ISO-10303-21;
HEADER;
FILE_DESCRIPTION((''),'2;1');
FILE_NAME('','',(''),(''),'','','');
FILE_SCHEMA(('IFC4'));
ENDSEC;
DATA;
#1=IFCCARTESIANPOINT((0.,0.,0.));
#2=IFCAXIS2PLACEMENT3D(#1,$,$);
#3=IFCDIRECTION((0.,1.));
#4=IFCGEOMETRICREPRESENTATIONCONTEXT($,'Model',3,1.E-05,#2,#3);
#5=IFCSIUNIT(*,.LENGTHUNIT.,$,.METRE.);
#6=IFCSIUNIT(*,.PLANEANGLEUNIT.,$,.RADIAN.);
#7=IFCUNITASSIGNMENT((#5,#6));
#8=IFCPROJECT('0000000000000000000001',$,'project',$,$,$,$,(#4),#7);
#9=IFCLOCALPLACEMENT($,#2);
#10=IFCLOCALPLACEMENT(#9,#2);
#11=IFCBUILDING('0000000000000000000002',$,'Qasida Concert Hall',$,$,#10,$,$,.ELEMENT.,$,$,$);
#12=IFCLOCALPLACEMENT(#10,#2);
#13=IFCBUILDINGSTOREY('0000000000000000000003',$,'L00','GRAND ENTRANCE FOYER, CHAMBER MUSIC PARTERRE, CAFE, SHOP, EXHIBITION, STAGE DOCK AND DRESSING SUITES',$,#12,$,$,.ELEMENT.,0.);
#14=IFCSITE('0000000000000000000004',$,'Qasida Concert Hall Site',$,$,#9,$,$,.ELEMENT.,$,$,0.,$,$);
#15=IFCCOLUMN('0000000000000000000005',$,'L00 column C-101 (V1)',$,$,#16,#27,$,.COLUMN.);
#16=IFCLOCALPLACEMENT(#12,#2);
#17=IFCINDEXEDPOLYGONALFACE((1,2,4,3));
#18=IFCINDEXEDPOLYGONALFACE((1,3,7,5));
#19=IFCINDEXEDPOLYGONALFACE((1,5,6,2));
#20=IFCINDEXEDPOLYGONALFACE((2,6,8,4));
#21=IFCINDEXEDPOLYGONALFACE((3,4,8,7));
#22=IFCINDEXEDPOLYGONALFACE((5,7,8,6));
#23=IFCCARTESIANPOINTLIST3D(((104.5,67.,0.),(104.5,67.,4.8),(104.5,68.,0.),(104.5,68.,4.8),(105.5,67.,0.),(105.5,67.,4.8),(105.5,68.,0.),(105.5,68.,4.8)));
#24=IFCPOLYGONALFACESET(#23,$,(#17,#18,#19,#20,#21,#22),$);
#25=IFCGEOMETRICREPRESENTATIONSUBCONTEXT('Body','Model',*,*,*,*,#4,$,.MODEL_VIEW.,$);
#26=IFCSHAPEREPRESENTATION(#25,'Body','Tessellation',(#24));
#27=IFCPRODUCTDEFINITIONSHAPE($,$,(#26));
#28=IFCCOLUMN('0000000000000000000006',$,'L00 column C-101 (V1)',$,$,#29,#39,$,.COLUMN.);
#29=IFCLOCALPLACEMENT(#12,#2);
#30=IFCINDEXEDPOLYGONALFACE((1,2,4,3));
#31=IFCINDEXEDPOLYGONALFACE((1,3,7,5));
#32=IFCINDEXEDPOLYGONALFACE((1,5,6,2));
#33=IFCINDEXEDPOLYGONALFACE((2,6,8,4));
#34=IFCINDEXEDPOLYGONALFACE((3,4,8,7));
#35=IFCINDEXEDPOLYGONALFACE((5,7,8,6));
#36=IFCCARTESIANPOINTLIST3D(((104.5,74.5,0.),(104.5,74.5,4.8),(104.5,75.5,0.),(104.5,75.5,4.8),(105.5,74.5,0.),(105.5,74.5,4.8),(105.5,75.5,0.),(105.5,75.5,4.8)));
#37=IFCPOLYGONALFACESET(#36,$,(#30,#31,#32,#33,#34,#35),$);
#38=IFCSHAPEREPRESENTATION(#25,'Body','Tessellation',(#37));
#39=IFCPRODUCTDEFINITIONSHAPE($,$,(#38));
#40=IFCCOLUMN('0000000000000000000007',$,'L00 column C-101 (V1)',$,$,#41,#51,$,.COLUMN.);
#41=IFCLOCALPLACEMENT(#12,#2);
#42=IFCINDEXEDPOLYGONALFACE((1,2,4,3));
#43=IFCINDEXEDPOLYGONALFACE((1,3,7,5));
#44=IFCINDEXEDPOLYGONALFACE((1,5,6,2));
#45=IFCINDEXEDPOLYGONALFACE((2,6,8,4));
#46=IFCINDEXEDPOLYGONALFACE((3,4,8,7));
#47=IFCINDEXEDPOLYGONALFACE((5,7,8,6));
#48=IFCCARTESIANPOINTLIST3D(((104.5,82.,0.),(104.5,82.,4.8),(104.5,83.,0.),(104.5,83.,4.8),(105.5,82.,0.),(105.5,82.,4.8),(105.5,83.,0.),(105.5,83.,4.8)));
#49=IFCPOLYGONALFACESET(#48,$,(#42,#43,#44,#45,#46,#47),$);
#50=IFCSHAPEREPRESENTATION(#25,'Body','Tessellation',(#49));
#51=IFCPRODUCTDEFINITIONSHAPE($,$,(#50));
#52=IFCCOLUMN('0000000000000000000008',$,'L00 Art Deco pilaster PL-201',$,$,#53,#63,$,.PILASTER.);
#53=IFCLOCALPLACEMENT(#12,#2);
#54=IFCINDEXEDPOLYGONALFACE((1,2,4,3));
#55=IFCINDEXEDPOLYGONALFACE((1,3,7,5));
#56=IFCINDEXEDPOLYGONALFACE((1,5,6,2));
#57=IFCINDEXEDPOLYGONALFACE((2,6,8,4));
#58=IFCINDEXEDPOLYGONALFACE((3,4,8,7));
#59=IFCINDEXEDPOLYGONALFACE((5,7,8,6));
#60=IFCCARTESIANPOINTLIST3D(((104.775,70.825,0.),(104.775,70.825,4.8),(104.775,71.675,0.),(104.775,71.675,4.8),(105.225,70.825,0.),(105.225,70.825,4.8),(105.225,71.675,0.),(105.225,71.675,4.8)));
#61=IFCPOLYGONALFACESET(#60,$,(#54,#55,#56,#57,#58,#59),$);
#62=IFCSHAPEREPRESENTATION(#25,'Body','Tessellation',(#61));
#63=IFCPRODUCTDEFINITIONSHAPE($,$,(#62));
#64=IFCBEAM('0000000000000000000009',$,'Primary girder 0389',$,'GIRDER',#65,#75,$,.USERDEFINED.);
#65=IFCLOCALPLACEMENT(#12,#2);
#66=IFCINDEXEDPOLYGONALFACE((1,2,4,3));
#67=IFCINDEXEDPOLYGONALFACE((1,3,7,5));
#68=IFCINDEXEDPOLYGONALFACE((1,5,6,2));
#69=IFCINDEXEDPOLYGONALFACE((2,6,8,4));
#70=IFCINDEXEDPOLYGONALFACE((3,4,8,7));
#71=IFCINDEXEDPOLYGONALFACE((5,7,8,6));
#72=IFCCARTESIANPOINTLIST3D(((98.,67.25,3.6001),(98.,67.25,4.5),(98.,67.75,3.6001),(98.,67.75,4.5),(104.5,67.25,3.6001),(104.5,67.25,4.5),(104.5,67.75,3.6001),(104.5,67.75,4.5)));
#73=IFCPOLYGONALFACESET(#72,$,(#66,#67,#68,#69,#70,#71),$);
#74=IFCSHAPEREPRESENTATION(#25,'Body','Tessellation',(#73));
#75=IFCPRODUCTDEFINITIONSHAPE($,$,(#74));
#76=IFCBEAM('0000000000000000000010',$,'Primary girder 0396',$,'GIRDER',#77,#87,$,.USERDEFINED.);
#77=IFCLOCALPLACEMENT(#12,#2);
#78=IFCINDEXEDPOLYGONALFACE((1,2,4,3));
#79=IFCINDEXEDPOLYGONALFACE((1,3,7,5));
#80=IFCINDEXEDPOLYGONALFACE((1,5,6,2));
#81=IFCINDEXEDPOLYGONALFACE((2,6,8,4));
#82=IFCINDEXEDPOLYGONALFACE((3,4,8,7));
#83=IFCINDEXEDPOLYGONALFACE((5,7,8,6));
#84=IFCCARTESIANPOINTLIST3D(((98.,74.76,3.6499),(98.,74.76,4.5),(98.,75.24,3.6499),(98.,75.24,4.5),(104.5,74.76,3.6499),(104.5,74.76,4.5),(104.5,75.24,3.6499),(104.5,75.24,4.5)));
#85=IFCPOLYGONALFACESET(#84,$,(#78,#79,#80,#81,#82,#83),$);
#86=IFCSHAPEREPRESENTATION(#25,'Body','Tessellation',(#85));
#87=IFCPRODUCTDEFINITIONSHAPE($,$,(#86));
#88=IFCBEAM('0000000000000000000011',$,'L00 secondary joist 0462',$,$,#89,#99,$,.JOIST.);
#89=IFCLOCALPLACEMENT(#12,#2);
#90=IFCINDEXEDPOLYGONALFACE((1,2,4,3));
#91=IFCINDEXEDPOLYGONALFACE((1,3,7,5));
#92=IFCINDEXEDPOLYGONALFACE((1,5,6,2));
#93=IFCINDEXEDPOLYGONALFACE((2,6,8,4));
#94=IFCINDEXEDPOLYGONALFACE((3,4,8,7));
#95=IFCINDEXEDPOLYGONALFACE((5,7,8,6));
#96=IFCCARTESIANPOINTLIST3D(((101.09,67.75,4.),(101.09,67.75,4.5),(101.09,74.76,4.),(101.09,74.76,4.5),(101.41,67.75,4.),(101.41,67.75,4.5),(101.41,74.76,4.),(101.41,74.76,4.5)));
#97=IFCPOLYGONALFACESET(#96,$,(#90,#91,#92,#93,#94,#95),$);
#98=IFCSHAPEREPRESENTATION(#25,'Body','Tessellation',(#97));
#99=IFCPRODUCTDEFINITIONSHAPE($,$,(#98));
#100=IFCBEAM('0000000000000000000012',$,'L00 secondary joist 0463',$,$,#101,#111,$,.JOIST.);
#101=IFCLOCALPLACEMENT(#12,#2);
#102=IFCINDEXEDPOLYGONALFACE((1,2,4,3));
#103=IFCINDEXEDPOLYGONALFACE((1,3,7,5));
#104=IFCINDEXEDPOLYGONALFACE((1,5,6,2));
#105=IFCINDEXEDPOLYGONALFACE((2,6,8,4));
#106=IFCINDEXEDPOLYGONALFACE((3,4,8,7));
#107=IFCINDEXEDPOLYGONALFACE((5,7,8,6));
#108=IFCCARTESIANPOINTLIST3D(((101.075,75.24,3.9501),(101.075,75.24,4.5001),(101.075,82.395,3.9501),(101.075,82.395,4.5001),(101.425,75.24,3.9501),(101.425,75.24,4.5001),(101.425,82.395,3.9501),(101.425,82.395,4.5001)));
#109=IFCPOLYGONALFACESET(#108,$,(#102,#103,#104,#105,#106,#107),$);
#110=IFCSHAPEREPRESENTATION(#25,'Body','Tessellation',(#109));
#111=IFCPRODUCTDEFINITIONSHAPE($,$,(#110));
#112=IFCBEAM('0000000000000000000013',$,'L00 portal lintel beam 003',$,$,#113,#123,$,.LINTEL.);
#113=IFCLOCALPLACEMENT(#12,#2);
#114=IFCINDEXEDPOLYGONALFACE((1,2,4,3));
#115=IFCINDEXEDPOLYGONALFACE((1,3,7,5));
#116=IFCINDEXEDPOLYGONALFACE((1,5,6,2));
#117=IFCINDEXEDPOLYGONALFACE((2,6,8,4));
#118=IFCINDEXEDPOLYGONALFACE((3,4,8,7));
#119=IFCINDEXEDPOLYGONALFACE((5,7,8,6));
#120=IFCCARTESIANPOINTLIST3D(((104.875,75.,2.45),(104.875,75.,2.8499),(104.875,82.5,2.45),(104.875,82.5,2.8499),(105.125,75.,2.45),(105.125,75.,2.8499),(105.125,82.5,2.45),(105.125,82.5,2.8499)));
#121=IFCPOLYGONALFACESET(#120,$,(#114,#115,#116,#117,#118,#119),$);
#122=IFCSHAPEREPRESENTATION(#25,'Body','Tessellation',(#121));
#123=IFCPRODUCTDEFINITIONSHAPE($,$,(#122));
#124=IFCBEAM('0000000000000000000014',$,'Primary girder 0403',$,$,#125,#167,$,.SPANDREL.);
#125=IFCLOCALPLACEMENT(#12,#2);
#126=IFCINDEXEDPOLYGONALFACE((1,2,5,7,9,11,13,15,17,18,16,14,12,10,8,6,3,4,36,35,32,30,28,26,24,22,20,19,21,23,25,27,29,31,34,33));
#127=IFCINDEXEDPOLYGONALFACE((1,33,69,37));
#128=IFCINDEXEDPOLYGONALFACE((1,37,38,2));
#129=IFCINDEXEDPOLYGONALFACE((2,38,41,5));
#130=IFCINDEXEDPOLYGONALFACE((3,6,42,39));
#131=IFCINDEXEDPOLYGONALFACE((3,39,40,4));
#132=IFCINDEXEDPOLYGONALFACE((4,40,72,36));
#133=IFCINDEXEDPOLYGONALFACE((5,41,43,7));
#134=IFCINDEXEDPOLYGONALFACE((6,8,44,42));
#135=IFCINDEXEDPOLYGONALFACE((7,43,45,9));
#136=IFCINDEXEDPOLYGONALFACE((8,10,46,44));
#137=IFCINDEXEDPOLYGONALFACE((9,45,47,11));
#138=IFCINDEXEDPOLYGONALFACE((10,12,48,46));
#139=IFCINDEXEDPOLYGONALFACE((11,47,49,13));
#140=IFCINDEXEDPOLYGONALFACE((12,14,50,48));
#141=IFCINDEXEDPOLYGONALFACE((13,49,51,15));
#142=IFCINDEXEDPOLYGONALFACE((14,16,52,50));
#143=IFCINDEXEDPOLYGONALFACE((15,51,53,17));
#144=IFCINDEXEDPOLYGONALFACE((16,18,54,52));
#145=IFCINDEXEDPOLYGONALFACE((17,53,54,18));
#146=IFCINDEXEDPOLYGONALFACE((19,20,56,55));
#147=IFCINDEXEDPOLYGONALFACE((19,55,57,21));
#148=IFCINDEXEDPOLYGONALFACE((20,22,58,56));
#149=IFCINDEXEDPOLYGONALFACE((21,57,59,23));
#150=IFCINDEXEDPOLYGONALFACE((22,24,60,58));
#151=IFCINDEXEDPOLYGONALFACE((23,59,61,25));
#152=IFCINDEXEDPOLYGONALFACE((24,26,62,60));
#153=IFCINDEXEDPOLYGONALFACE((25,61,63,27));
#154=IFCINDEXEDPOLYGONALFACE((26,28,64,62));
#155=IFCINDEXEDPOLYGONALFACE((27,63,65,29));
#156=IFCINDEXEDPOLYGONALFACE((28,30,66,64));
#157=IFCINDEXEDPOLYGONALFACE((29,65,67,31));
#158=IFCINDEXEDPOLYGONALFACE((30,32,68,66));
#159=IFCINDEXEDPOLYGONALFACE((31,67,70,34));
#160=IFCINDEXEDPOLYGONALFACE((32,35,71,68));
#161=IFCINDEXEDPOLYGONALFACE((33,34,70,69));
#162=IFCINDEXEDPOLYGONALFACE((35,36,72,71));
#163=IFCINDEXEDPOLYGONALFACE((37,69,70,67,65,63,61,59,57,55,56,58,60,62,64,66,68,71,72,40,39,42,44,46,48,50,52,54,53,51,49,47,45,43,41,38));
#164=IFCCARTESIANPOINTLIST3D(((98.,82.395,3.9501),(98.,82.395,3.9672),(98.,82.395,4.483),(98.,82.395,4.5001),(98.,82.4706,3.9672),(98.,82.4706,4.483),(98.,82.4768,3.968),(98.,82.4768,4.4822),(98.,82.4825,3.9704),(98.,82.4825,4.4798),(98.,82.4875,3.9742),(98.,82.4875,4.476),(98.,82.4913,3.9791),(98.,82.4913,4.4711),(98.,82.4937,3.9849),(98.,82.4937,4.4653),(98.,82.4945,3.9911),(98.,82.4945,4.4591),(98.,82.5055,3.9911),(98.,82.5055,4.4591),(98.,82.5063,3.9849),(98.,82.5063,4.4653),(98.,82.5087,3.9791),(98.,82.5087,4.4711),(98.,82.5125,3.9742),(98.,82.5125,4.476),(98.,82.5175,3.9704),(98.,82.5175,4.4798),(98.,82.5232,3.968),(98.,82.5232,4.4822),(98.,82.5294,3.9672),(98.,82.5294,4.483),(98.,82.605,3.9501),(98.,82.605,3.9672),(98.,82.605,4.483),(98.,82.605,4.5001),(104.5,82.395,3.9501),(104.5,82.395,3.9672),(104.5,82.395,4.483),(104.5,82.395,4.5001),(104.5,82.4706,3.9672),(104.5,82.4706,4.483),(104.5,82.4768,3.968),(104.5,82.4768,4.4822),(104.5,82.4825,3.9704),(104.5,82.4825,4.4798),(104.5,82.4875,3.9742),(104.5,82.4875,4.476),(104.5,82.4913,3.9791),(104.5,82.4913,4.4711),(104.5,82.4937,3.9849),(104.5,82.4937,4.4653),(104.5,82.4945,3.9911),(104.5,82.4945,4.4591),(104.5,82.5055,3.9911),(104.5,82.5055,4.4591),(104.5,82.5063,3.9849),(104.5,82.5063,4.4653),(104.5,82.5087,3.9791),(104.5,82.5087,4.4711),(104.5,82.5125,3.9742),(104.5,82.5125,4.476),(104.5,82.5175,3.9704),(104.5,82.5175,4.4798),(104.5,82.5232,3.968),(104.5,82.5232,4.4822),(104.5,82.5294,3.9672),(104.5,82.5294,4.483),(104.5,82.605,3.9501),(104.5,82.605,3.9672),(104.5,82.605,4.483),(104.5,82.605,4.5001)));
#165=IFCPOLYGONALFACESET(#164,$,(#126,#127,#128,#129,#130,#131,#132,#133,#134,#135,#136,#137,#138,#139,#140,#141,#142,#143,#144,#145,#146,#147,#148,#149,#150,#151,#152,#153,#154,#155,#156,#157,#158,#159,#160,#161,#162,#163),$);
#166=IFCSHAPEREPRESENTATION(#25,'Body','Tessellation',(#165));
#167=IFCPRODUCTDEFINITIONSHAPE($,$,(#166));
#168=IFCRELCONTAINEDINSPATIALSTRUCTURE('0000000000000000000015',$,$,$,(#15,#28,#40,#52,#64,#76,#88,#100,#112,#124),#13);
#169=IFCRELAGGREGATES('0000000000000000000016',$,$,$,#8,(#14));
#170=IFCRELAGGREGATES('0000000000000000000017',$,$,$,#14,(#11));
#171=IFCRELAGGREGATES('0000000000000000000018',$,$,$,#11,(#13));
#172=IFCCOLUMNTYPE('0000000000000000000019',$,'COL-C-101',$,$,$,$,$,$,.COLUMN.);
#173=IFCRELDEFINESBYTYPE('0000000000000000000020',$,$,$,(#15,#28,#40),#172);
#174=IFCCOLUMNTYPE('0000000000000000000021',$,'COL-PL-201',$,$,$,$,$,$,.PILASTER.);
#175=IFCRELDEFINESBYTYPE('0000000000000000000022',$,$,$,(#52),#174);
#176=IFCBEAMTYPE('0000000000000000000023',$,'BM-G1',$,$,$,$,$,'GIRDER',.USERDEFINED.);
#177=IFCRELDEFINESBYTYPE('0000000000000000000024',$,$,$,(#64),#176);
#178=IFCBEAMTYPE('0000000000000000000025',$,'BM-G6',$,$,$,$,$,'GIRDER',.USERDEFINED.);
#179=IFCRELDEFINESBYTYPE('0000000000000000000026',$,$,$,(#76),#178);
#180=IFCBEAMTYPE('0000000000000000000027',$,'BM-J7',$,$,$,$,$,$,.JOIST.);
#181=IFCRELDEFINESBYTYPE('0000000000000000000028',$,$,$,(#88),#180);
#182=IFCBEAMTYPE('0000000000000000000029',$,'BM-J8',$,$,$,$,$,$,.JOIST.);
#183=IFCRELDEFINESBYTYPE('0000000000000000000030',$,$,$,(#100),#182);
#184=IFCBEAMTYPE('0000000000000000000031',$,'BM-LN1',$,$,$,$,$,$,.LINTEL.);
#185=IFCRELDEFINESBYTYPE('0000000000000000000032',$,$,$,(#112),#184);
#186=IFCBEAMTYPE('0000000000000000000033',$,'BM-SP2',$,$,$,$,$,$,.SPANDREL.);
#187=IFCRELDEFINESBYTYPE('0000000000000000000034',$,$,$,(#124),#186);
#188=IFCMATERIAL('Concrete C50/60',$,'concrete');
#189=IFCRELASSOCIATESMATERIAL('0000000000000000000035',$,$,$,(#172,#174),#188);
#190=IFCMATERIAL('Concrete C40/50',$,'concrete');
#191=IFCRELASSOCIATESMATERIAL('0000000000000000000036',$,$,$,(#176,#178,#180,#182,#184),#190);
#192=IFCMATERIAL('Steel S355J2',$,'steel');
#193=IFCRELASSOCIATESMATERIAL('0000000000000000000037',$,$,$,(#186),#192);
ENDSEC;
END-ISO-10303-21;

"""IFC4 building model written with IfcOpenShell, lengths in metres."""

from ifc_helpers import new_model, si_unit, direction, frame, origin, origin_2d, place, context, subcontext, project, spatial, rectangle, i_section, extrude, material, material_profile, profile_set, type_object, element, save


model = new_model("IFC4")

# Units and contexts
model_context = context("Model", 3, precision=1e-05, world=origin(), true_north=direction((0.0, 1.0)))
body_context = subcontext(model_context, "Body", "Model", "MODEL_VIEW")
ifc_project = project(units=[si_unit("LENGTHUNIT", "METRE"), si_unit("PLANEANGLEUNIT", "RADIAN")], contexts=[model_context])

# Site, building, storey
site_placement = place(None, origin())
site = spatial("IfcSite", under=ifc_project, at=site_placement, Name="Qasida Concert Hall Site", CompositionType="ELEMENT", RefElevation=0.0)
building_placement = place(site_placement, origin())
building = spatial("IfcBuilding", under=site, at=building_placement, Name="Qasida Concert Hall", CompositionType="ELEMENT")
storey_placement = place(building_placement, origin())
storey = spatial("IfcBuildingStorey", under=building, at=storey_placement, Name="L00", Description="GRAND ENTRANCE FOYER, CHAMBER MUSIC PARTERRE, CAFE, SHOP, EXHIBITION, STAGE DOCK AND DRESSING SUITES", CompositionType="ELEMENT", Elevation=0.0)

# Columns
ifc_material_1 = material(Name="Concrete C50/60", Category="concrete")
ifc_material_profile_1 = material_profile(ifc_material_1, rectangle(XDim=1.0, YDim=1.0, at=origin_2d()), Name="RC 1000x1000")
ifc_profile_set_1 = profile_set([ifc_material_profile_1], Name="Concrete C50/60")
column_type_1 = type_object("IfcColumnType", Name="COL-C-101", PredefinedType="COLUMN", material=ifc_profile_set_1)
for number, where, z_axis, x_axis, name in (
    (1, (105.0, 67.5, 0.0), (0.0, 0.0, 1.0), (1.0, 0.0, 0.0), "L00 column C-101 (V1)"),
    (2, (105.0, 75.0, 0.0), (0.0, 0.0, 1.0), (1.0, 0.0, 0.0), "L00 column C-101 (V1)"),
    (3, (105.0, 82.5, 0.0), (0.0, 0.0, 1.0), (1.0, 0.0, 0.0), "L00 column C-101 (V1)"),
):
    element("IfcColumn", number, at=place(storey_placement, frame(where, z_axis=z_axis, x_axis=x_axis)), inside=storey, type_object=column_type_1, Name=name, PredefinedType="COLUMN", context=body_context, shape_type="SweptSolid", body=[
        extrude(rectangle(XDim=1.0, YDim=1.0, at=origin_2d()), origin(), (0.0, 0.0, 1.0), 4.8),
    ])
ifc_material_profile_2 = material_profile(ifc_material_1, rectangle(XDim=0.45, YDim=0.8501, at=origin_2d()), Name="RC 450x850")
ifc_profile_set_2 = profile_set([ifc_material_profile_2], Name="Concrete C50/60")
column_type_2 = type_object("IfcColumnType", Name="COL-PL-201", PredefinedType="PILASTER", material=ifc_profile_set_2)
column_placement = place(storey_placement, frame((105.0, 71.25, 0.0), z_axis=(0.0, 0.0, 1.0), x_axis=(1.0, 0.0, 0.0)))
element("IfcColumn", 4, at=column_placement, inside=storey, type_object=column_type_2, Name="L00 Art Deco pilaster PL-201", PredefinedType="PILASTER", context=body_context, shape_type="SweptSolid", body=[
    extrude(rectangle(XDim=0.45, YDim=0.8501, at=origin_2d()), origin(), (0.0, 0.0, 1.0), 4.8),
])

# Beams
ifc_material_2 = material(Name="Concrete C40/50", Category="concrete")
ifc_material_profile_3 = material_profile(ifc_material_2, rectangle(XDim=0.5, YDim=0.8999, at=origin_2d()), Name="RC 500x900")
ifc_profile_set_3 = profile_set([ifc_material_profile_3], Name="Concrete C40/50")
beam_type_1 = type_object("IfcBeamType", Name="BM-G1", ElementType="GIRDER", PredefinedType="USERDEFINED", material=ifc_profile_set_3)
beam_1_placement = place(storey_placement, frame((98.0, 67.5, 4.05), z_axis=(1.0, 0.0, 0.0), x_axis=(0.0, 1.0, 0.0)))
element("IfcBeam", 5, at=beam_1_placement, inside=storey, type_object=beam_type_1, Name="Primary girder 0389", ObjectType="GIRDER", PredefinedType="USERDEFINED", context=body_context, shape_type="SweptSolid", body=[
    extrude(rectangle(XDim=0.5, YDim=0.8999, at=origin_2d()), origin(), (0.0, 0.0, 1.0), 6.5),
])
ifc_material_profile_4 = material_profile(ifc_material_2, rectangle(XDim=0.48, YDim=0.8501, at=origin_2d()), Name="RC 480x850")
ifc_profile_set_4 = profile_set([ifc_material_profile_4], Name="Concrete C40/50")
beam_type_2 = type_object("IfcBeamType", Name="BM-G6", ElementType="GIRDER", PredefinedType="USERDEFINED", material=ifc_profile_set_4)
beam_2_placement = place(storey_placement, frame((98.0, 75.0, 4.075), z_axis=(1.0, 0.0, 0.0), x_axis=(0.0, 1.0, 0.0)))
element("IfcBeam", 6, at=beam_2_placement, inside=storey, type_object=beam_type_2, Name="Primary girder 0396", ObjectType="GIRDER", PredefinedType="USERDEFINED", context=body_context, shape_type="SweptSolid", body=[
    extrude(rectangle(XDim=0.48, YDim=0.8501, at=origin_2d()), origin(), (0.0, 0.0, 1.0), 6.5),
])
ifc_material_profile_5 = material_profile(ifc_material_2, rectangle(XDim=0.3201, YDim=0.5, at=origin_2d()), Name="RC 320x500")
ifc_profile_set_5 = profile_set([ifc_material_profile_5], Name="Concrete C40/50")
beam_type_3 = type_object("IfcBeamType", Name="BM-J7", PredefinedType="JOIST", material=ifc_profile_set_5)
beam_3_placement = place(storey_placement, frame((101.25, 67.75, 4.25), z_axis=(0.0, 1.0, 0.0), x_axis=(-1.0, 0.0, 0.0)))
element("IfcBeam", 7, at=beam_3_placement, inside=storey, type_object=beam_type_3, Name="L00 secondary joist 0462", PredefinedType="JOIST", context=body_context, shape_type="SweptSolid", body=[
    extrude(rectangle(XDim=0.3201, YDim=0.5, at=origin_2d()), origin(), (0.0, 0.0, 1.0), 7.01),
])
ifc_material_profile_6 = material_profile(ifc_material_2, rectangle(XDim=0.3501, YDim=0.55, at=origin_2d()), Name="RC 350x550")
ifc_profile_set_6 = profile_set([ifc_material_profile_6], Name="Concrete C40/50")
beam_type_4 = type_object("IfcBeamType", Name="BM-J8", PredefinedType="JOIST", material=ifc_profile_set_6)
beam_4_placement = place(storey_placement, frame((101.25, 75.24, 4.2251), z_axis=(0.0, 1.0, 0.0), x_axis=(-1.0, 0.0, 0.0)))
element("IfcBeam", 8, at=beam_4_placement, inside=storey, type_object=beam_type_4, Name="L00 secondary joist 0463", PredefinedType="JOIST", context=body_context, shape_type="SweptSolid", body=[
    extrude(rectangle(XDim=0.3501, YDim=0.55, at=origin_2d()), origin(), (0.0, 0.0, 1.0), 7.155),
])
ifc_material_profile_7 = material_profile(ifc_material_2, rectangle(XDim=0.25, YDim=0.3999, at=origin_2d()), Name="RC 250x400")
ifc_profile_set_7 = profile_set([ifc_material_profile_7], Name="Concrete C40/50")
beam_type_5 = type_object("IfcBeamType", Name="BM-LN1", PredefinedType="LINTEL", material=ifc_profile_set_7)
beam_5_placement = place(storey_placement, frame((105.0, 75.0, 2.6499), z_axis=(0.0, 1.0, 0.0), x_axis=(-1.0, 0.0, 0.0)))
element("IfcBeam", 9, at=beam_5_placement, inside=storey, type_object=beam_type_5, Name="L00 portal lintel beam 003", PredefinedType="LINTEL", context=body_context, shape_type="SweptSolid", body=[
    extrude(rectangle(XDim=0.25, YDim=0.3999, at=origin_2d()), origin(), (0.0, 0.0, 1.0), 7.5),
])
ifc_material_3 = material(Name="Steel S355J2", Category="steel")
ifc_material_profile_8 = material_profile(ifc_material_3, i_section(OverallWidth=0.21, OverallDepth=0.55, WebThickness=0.011, FlangeThickness=0.0171, FilletRadius=0.0239, at=origin_2d()), Name="IPE 550")
ifc_profile_set_8 = profile_set([ifc_material_profile_8], Name="Steel S355J2")
beam_type_6 = type_object("IfcBeamType", Name="BM-SP2", PredefinedType="SPANDREL", material=ifc_profile_set_8)
beam_6_placement = place(storey_placement, frame((98.0, 82.5, 4.2251), z_axis=(1.0, 0.0, 0.0), x_axis=(0.0, 1.0, 0.0)))
element("IfcBeam", 10, at=beam_6_placement, inside=storey, type_object=beam_type_6, Name="Primary girder 0403", PredefinedType="SPANDREL", context=body_context, shape_type="SweptSolid", body=[
    extrude(i_section(OverallWidth=0.21, OverallDepth=0.55, WebThickness=0.011, FlangeThickness=0.0171, FilletRadius=0.0239, at=origin_2d()), origin(), (0.0, 0.0, 1.0), 6.5),
])

save(model, "model.ifc")
